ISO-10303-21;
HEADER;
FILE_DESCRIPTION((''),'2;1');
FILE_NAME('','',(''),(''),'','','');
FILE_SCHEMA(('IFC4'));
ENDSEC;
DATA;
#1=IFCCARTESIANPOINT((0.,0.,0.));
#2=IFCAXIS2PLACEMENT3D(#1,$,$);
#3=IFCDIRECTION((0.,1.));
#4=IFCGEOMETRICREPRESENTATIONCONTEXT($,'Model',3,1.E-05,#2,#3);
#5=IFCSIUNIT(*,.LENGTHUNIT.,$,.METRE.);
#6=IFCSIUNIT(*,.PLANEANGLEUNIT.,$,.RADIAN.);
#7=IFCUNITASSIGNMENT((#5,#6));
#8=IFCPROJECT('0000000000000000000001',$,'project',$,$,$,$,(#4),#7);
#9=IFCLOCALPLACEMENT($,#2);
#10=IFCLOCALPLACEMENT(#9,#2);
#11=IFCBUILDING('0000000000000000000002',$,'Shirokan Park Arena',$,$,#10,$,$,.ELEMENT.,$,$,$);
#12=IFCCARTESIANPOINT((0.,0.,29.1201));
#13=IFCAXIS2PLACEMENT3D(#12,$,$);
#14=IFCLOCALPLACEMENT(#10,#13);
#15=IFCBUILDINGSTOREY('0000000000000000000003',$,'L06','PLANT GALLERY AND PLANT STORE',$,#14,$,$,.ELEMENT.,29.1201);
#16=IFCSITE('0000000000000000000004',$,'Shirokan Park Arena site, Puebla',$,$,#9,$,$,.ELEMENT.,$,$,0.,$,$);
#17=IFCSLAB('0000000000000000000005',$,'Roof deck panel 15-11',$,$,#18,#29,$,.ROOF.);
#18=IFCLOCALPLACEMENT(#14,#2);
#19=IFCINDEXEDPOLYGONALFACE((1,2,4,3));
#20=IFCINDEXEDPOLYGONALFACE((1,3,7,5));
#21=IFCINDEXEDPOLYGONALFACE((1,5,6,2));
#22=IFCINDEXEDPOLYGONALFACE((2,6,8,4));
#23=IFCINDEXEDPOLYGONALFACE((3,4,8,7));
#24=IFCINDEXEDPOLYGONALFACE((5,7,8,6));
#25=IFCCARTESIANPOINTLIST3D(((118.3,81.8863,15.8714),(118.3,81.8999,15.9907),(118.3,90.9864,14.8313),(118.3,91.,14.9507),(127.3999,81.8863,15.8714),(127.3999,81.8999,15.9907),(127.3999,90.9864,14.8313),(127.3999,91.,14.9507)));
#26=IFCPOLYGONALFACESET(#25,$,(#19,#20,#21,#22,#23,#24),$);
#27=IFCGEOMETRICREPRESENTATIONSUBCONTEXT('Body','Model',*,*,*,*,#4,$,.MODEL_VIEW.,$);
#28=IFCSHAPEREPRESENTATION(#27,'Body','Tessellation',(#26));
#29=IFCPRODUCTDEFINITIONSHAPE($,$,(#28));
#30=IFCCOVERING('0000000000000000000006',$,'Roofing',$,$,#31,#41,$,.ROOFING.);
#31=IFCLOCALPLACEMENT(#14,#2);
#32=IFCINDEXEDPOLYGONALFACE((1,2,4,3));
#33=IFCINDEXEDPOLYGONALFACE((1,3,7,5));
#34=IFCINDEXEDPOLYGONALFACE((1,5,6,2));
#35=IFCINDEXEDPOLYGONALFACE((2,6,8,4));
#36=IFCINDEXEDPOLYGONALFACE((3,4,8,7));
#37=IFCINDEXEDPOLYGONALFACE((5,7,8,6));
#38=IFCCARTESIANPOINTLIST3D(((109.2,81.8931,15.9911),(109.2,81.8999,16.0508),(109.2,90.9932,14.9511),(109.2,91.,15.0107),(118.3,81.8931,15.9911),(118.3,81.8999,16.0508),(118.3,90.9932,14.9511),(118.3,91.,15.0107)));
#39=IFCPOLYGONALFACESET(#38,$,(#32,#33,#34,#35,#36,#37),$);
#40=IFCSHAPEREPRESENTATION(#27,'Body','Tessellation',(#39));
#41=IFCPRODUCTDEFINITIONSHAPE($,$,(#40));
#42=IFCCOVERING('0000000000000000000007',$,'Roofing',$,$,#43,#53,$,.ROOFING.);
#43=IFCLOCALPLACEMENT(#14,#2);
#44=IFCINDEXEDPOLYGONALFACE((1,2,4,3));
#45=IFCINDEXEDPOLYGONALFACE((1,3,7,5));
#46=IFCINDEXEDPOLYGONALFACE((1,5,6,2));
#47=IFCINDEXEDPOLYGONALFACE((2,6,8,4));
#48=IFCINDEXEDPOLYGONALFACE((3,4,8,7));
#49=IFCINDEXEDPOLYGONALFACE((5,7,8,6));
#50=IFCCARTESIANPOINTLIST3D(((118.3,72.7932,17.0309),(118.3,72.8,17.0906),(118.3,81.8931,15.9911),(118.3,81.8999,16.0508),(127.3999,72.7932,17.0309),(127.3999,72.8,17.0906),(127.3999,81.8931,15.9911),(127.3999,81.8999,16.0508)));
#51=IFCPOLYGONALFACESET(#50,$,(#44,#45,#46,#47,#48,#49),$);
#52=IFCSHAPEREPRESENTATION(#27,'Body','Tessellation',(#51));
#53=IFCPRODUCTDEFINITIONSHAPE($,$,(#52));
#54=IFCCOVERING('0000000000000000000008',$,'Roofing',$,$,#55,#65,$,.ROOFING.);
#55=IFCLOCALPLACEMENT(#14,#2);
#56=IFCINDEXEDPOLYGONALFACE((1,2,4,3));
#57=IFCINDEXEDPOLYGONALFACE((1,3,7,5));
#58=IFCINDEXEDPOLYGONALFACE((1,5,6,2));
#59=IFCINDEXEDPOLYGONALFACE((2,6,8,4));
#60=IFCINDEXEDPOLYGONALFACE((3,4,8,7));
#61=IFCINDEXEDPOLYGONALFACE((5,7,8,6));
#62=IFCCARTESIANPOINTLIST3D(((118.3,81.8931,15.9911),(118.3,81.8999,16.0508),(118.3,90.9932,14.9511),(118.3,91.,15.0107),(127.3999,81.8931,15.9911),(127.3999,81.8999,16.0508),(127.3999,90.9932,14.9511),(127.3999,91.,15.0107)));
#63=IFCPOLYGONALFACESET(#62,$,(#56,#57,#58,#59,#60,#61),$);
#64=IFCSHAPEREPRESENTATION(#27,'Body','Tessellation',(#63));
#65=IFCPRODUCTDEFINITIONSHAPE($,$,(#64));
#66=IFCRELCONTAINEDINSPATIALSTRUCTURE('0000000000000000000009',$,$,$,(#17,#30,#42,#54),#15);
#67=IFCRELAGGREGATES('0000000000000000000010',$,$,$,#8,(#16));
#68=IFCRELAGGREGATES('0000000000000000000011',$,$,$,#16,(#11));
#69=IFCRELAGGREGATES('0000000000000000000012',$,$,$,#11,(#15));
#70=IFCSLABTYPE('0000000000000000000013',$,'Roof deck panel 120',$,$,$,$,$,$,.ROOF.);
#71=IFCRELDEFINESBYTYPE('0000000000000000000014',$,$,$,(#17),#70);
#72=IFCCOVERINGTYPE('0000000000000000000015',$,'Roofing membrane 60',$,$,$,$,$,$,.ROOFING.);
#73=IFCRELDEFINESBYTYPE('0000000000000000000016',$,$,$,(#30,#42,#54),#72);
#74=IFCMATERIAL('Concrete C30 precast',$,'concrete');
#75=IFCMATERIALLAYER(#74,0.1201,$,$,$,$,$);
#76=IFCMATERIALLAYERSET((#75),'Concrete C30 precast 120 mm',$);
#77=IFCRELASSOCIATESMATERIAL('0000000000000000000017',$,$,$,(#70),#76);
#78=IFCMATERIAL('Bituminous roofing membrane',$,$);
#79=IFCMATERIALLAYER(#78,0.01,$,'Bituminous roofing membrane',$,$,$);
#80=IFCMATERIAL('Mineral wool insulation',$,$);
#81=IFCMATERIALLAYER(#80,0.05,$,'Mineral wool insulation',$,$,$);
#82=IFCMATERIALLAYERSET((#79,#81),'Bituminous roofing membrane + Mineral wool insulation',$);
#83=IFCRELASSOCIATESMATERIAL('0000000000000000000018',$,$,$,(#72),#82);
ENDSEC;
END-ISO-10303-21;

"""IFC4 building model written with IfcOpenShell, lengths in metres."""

from ifc_helpers import new_model, si_unit, direction, frame, origin, place, context, subcontext, project, spatial, polyline, outline, extrude, material, layer, layer_set, type_object, element, save


model = new_model("IFC4")

# Units and contexts
model_context = context("Model", 3, precision=1e-05, world=origin(), true_north=direction((0.0, 1.0)))
body_context = subcontext(model_context, "Body", "Model", "MODEL_VIEW")
ifc_project = project(units=[si_unit("LENGTHUNIT", "METRE"), si_unit("PLANEANGLEUNIT", "RADIAN")], contexts=[model_context])

# Site, building, storey
site_placement = place(None, origin())
site = spatial("IfcSite", under=ifc_project, at=site_placement, Name="Shirokan Park Arena site, Puebla", CompositionType="ELEMENT", RefElevation=0.0)
building_placement = place(site_placement, origin())
building = spatial("IfcBuilding", under=site, at=building_placement, Name="Shirokan Park Arena", CompositionType="ELEMENT")
storey_placement = place(building_placement, frame((0.0, 0.0, 29.1201)))
storey = spatial("IfcBuildingStorey", under=building, at=storey_placement, Name="L06", Description="PLANT GALLERY AND PLANT STORE", CompositionType="ELEMENT", Elevation=29.1201)

# Slab
ifc_material_1 = material(Name="Concrete C30 precast", Category="concrete")
ifc_layer_1 = layer(ifc_material_1, 0.1201)
ifc_layer_set_1 = layer_set([ifc_layer_1], Name="Concrete C30 precast 120 mm")
slab_type = type_object("IfcSlabType", Name="Roof deck panel 120", PredefinedType="ROOF", material=ifc_layer_set_1)
slab_1_placement = place(storey_placement, frame((118.3, 81.8999, 15.9907), z_axis=(0.0, 0.11355, 0.993532), x_axis=(1.0, 0.0, 0.0)))
element("IfcSlab", 1, at=slab_1_placement, inside=storey, type_object=slab_type, Name="Roof deck panel 15-11", PredefinedType="ROOF", context=body_context, shape_type="SweptSolid", body=[
    extrude(outline(polyline([(0.0, 0.0), (9.0999, 0.0), (9.0999, 9.1593), (0.0, 9.1593), (0.0, 0.0)])), origin(), (0.0, 0.0, -1.0), 0.1201),
])

# Coverings
ifc_material_2 = material(Name="Bituminous roofing membrane")
ifc_layer_2 = layer(ifc_material_2, 0.01, Name="Bituminous roofing membrane")
ifc_material_3 = material(Name="Mineral wool insulation")
ifc_layer_3 = layer(ifc_material_3, 0.05, Name="Mineral wool insulation")
ifc_layer_set_2 = layer_set([ifc_layer_2, ifc_layer_3], Name="Bituminous roofing membrane + Mineral wool insulation")
covering_type = type_object("IfcCoveringType", Name="Roofing membrane 60", PredefinedType="ROOFING", material=ifc_layer_set_2)
covering_1_placement = place(storey_placement, frame((109.2, 81.8999, 16.0508), z_axis=(0.0, 0.11355, 0.993532), x_axis=(1.0, 0.0, 0.0)))
element("IfcCovering", 2, at=covering_1_placement, inside=storey, type_object=covering_type, Name="Roofing", PredefinedType="ROOFING", context=body_context, shape_type="SweptSolid", body=[
    extrude(outline(polyline([(0.0, 0.0), (9.1001, 0.0), (9.1001, 9.1593), (0.0, 9.1593), (0.0, 0.0)])), origin(), (0.0, 0.0, -1.0), 0.0601),
])
covering_2_placement = place(storey_placement, frame((118.3, 72.8, 17.0906), z_axis=(0.0, 0.113526, 0.993535), x_axis=(1.0, 0.0, 0.0)))
element("IfcCovering", 3, at=covering_2_placement, inside=storey, type_object=covering_type, Name="Roofing", PredefinedType="ROOFING", context=body_context, shape_type="SweptSolid", body=[
    extrude(outline(polyline([(0.0, 0.0), (9.0999, 0.0), (9.0999, 9.1591), (0.0, 9.1591), (0.0, 0.0)])), origin(), (0.0, 0.0, -1.0), 0.0601),
])
covering_3_placement = place(storey_placement, frame((118.3, 81.8999, 16.0508), z_axis=(0.0, 0.11355, 0.993532), x_axis=(1.0, 0.0, 0.0)))
element("IfcCovering", 4, at=covering_3_placement, inside=storey, type_object=covering_type, Name="Roofing", PredefinedType="ROOFING", context=body_context, shape_type="SweptSolid", body=[
    extrude(outline(polyline([(0.0, 0.0), (9.0999, 0.0), (9.0999, 9.1593), (0.0, 9.1593), (0.0, 0.0)])), origin(), (0.0, 0.0, -1.0), 0.0601),
])

save(model, "model.ifc")
